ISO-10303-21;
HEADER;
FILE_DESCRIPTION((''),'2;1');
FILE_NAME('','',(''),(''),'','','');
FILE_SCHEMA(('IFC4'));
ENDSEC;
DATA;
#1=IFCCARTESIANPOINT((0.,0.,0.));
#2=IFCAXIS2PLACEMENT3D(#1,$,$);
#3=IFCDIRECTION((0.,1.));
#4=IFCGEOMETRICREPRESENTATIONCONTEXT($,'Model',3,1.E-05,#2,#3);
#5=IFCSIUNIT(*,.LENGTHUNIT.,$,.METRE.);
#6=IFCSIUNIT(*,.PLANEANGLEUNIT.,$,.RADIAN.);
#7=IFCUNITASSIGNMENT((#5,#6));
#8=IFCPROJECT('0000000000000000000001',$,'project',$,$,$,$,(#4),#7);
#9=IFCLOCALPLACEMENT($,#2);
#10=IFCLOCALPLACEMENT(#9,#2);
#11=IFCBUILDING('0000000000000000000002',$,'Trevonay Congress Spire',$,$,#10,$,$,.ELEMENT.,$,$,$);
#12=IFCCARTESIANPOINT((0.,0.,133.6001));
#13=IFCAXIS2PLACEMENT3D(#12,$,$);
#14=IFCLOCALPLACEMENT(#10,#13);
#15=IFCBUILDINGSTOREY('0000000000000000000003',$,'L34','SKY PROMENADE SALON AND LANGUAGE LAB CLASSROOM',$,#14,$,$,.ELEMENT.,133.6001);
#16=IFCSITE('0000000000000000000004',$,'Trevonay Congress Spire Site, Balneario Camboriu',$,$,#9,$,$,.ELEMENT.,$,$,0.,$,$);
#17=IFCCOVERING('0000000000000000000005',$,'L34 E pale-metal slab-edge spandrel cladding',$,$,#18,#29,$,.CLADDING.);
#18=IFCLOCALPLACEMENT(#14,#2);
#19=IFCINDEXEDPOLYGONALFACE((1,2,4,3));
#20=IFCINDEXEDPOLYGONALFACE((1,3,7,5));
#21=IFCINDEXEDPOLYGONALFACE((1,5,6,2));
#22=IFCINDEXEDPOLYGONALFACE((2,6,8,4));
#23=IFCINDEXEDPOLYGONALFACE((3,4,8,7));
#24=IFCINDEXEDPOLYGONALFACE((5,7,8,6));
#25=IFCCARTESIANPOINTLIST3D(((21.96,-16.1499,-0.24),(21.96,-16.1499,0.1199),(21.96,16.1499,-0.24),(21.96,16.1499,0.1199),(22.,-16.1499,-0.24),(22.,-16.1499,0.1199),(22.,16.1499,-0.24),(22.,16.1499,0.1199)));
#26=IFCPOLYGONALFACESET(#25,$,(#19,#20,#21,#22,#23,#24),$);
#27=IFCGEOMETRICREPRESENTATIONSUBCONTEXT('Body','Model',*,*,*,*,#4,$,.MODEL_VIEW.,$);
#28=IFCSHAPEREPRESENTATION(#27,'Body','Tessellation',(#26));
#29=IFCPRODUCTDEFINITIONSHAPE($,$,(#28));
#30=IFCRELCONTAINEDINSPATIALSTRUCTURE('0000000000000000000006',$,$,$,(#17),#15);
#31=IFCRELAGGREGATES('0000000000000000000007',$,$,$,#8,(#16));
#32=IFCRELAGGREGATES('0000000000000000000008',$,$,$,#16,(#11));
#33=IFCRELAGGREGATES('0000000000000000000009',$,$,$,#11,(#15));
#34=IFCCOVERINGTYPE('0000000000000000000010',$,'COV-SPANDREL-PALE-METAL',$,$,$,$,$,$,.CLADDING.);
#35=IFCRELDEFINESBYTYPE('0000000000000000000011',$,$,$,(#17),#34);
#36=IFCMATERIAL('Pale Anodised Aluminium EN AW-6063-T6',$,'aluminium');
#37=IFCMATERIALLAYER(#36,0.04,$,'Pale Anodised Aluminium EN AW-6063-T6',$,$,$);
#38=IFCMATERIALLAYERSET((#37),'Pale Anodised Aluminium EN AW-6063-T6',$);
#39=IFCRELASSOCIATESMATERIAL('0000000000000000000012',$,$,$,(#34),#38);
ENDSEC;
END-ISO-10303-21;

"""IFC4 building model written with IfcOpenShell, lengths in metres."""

from ifc_helpers import new_model, si_unit, direction, frame, frame_2d, origin, place, context, subcontext, project, spatial, rectangle, extrude, material, layer, layer_set, type_object, element, save


model = new_model("IFC4")

# Units and contexts
model_context = context("Model", 3, precision=1e-05, world=origin(), true_north=direction((0.0, 1.0)))
body_context = subcontext(model_context, "Body", "Model", "MODEL_VIEW")
ifc_project = project(units=[si_unit("LENGTHUNIT", "METRE"), si_unit("PLANEANGLEUNIT", "RADIAN")], contexts=[model_context])

# Site, building, storey
site_placement = place(None, origin())
site = spatial("IfcSite", under=ifc_project, at=site_placement, Name="Trevonay Congress Spire Site, Balneario Camboriu", CompositionType="ELEMENT", RefElevation=0.0)
building_placement = place(site_placement, origin())
building = spatial("IfcBuilding", under=site, at=building_placement, Name="Trevonay Congress Spire", CompositionType="ELEMENT")
storey_placement = place(building_placement, frame((0.0, 0.0, 133.6001)))
storey = spatial("IfcBuildingStorey", under=building, at=storey_placement, Name="L34", Description="SKY PROMENADE SALON AND LANGUAGE LAB CLASSROOM", CompositionType="ELEMENT", Elevation=133.6001)

# Shared definitions
ifc_material_1 = material(Name="Pale Anodised Aluminium EN AW-6063-T6", Category="aluminium")

# Covering
ifc_layer_1 = layer(ifc_material_1, 0.04, Name="Pale Anodised Aluminium EN AW-6063-T6")
ifc_layer_set_1 = layer_set([ifc_layer_1], Name="Pale Anodised Aluminium EN AW-6063-T6")
covering_type = type_object("IfcCoveringType", Name="COV-SPANDREL-PALE-METAL", PredefinedType="CLADDING", material=ifc_layer_set_1)
covering_placement = place(storey_placement, frame((21.98, -16.1499, -0.24), z_axis=(0.0, 0.0, 1.0), x_axis=(0.0, 1.0, 0.0)))
element("IfcCovering", 1, at=covering_placement, inside=storey, type_object=covering_type, Name="L34 E pale-metal slab-edge spandrel cladding", PredefinedType="CLADDING", context=body_context, shape_type="SweptSolid", body=[
    extrude(rectangle(XDim=32.2998, YDim=0.04, at=frame_2d((16.1499, 0.0))), origin(), (0.0, 0.0, 1.0), 0.3599),
])

save(model, "model.ifc")
